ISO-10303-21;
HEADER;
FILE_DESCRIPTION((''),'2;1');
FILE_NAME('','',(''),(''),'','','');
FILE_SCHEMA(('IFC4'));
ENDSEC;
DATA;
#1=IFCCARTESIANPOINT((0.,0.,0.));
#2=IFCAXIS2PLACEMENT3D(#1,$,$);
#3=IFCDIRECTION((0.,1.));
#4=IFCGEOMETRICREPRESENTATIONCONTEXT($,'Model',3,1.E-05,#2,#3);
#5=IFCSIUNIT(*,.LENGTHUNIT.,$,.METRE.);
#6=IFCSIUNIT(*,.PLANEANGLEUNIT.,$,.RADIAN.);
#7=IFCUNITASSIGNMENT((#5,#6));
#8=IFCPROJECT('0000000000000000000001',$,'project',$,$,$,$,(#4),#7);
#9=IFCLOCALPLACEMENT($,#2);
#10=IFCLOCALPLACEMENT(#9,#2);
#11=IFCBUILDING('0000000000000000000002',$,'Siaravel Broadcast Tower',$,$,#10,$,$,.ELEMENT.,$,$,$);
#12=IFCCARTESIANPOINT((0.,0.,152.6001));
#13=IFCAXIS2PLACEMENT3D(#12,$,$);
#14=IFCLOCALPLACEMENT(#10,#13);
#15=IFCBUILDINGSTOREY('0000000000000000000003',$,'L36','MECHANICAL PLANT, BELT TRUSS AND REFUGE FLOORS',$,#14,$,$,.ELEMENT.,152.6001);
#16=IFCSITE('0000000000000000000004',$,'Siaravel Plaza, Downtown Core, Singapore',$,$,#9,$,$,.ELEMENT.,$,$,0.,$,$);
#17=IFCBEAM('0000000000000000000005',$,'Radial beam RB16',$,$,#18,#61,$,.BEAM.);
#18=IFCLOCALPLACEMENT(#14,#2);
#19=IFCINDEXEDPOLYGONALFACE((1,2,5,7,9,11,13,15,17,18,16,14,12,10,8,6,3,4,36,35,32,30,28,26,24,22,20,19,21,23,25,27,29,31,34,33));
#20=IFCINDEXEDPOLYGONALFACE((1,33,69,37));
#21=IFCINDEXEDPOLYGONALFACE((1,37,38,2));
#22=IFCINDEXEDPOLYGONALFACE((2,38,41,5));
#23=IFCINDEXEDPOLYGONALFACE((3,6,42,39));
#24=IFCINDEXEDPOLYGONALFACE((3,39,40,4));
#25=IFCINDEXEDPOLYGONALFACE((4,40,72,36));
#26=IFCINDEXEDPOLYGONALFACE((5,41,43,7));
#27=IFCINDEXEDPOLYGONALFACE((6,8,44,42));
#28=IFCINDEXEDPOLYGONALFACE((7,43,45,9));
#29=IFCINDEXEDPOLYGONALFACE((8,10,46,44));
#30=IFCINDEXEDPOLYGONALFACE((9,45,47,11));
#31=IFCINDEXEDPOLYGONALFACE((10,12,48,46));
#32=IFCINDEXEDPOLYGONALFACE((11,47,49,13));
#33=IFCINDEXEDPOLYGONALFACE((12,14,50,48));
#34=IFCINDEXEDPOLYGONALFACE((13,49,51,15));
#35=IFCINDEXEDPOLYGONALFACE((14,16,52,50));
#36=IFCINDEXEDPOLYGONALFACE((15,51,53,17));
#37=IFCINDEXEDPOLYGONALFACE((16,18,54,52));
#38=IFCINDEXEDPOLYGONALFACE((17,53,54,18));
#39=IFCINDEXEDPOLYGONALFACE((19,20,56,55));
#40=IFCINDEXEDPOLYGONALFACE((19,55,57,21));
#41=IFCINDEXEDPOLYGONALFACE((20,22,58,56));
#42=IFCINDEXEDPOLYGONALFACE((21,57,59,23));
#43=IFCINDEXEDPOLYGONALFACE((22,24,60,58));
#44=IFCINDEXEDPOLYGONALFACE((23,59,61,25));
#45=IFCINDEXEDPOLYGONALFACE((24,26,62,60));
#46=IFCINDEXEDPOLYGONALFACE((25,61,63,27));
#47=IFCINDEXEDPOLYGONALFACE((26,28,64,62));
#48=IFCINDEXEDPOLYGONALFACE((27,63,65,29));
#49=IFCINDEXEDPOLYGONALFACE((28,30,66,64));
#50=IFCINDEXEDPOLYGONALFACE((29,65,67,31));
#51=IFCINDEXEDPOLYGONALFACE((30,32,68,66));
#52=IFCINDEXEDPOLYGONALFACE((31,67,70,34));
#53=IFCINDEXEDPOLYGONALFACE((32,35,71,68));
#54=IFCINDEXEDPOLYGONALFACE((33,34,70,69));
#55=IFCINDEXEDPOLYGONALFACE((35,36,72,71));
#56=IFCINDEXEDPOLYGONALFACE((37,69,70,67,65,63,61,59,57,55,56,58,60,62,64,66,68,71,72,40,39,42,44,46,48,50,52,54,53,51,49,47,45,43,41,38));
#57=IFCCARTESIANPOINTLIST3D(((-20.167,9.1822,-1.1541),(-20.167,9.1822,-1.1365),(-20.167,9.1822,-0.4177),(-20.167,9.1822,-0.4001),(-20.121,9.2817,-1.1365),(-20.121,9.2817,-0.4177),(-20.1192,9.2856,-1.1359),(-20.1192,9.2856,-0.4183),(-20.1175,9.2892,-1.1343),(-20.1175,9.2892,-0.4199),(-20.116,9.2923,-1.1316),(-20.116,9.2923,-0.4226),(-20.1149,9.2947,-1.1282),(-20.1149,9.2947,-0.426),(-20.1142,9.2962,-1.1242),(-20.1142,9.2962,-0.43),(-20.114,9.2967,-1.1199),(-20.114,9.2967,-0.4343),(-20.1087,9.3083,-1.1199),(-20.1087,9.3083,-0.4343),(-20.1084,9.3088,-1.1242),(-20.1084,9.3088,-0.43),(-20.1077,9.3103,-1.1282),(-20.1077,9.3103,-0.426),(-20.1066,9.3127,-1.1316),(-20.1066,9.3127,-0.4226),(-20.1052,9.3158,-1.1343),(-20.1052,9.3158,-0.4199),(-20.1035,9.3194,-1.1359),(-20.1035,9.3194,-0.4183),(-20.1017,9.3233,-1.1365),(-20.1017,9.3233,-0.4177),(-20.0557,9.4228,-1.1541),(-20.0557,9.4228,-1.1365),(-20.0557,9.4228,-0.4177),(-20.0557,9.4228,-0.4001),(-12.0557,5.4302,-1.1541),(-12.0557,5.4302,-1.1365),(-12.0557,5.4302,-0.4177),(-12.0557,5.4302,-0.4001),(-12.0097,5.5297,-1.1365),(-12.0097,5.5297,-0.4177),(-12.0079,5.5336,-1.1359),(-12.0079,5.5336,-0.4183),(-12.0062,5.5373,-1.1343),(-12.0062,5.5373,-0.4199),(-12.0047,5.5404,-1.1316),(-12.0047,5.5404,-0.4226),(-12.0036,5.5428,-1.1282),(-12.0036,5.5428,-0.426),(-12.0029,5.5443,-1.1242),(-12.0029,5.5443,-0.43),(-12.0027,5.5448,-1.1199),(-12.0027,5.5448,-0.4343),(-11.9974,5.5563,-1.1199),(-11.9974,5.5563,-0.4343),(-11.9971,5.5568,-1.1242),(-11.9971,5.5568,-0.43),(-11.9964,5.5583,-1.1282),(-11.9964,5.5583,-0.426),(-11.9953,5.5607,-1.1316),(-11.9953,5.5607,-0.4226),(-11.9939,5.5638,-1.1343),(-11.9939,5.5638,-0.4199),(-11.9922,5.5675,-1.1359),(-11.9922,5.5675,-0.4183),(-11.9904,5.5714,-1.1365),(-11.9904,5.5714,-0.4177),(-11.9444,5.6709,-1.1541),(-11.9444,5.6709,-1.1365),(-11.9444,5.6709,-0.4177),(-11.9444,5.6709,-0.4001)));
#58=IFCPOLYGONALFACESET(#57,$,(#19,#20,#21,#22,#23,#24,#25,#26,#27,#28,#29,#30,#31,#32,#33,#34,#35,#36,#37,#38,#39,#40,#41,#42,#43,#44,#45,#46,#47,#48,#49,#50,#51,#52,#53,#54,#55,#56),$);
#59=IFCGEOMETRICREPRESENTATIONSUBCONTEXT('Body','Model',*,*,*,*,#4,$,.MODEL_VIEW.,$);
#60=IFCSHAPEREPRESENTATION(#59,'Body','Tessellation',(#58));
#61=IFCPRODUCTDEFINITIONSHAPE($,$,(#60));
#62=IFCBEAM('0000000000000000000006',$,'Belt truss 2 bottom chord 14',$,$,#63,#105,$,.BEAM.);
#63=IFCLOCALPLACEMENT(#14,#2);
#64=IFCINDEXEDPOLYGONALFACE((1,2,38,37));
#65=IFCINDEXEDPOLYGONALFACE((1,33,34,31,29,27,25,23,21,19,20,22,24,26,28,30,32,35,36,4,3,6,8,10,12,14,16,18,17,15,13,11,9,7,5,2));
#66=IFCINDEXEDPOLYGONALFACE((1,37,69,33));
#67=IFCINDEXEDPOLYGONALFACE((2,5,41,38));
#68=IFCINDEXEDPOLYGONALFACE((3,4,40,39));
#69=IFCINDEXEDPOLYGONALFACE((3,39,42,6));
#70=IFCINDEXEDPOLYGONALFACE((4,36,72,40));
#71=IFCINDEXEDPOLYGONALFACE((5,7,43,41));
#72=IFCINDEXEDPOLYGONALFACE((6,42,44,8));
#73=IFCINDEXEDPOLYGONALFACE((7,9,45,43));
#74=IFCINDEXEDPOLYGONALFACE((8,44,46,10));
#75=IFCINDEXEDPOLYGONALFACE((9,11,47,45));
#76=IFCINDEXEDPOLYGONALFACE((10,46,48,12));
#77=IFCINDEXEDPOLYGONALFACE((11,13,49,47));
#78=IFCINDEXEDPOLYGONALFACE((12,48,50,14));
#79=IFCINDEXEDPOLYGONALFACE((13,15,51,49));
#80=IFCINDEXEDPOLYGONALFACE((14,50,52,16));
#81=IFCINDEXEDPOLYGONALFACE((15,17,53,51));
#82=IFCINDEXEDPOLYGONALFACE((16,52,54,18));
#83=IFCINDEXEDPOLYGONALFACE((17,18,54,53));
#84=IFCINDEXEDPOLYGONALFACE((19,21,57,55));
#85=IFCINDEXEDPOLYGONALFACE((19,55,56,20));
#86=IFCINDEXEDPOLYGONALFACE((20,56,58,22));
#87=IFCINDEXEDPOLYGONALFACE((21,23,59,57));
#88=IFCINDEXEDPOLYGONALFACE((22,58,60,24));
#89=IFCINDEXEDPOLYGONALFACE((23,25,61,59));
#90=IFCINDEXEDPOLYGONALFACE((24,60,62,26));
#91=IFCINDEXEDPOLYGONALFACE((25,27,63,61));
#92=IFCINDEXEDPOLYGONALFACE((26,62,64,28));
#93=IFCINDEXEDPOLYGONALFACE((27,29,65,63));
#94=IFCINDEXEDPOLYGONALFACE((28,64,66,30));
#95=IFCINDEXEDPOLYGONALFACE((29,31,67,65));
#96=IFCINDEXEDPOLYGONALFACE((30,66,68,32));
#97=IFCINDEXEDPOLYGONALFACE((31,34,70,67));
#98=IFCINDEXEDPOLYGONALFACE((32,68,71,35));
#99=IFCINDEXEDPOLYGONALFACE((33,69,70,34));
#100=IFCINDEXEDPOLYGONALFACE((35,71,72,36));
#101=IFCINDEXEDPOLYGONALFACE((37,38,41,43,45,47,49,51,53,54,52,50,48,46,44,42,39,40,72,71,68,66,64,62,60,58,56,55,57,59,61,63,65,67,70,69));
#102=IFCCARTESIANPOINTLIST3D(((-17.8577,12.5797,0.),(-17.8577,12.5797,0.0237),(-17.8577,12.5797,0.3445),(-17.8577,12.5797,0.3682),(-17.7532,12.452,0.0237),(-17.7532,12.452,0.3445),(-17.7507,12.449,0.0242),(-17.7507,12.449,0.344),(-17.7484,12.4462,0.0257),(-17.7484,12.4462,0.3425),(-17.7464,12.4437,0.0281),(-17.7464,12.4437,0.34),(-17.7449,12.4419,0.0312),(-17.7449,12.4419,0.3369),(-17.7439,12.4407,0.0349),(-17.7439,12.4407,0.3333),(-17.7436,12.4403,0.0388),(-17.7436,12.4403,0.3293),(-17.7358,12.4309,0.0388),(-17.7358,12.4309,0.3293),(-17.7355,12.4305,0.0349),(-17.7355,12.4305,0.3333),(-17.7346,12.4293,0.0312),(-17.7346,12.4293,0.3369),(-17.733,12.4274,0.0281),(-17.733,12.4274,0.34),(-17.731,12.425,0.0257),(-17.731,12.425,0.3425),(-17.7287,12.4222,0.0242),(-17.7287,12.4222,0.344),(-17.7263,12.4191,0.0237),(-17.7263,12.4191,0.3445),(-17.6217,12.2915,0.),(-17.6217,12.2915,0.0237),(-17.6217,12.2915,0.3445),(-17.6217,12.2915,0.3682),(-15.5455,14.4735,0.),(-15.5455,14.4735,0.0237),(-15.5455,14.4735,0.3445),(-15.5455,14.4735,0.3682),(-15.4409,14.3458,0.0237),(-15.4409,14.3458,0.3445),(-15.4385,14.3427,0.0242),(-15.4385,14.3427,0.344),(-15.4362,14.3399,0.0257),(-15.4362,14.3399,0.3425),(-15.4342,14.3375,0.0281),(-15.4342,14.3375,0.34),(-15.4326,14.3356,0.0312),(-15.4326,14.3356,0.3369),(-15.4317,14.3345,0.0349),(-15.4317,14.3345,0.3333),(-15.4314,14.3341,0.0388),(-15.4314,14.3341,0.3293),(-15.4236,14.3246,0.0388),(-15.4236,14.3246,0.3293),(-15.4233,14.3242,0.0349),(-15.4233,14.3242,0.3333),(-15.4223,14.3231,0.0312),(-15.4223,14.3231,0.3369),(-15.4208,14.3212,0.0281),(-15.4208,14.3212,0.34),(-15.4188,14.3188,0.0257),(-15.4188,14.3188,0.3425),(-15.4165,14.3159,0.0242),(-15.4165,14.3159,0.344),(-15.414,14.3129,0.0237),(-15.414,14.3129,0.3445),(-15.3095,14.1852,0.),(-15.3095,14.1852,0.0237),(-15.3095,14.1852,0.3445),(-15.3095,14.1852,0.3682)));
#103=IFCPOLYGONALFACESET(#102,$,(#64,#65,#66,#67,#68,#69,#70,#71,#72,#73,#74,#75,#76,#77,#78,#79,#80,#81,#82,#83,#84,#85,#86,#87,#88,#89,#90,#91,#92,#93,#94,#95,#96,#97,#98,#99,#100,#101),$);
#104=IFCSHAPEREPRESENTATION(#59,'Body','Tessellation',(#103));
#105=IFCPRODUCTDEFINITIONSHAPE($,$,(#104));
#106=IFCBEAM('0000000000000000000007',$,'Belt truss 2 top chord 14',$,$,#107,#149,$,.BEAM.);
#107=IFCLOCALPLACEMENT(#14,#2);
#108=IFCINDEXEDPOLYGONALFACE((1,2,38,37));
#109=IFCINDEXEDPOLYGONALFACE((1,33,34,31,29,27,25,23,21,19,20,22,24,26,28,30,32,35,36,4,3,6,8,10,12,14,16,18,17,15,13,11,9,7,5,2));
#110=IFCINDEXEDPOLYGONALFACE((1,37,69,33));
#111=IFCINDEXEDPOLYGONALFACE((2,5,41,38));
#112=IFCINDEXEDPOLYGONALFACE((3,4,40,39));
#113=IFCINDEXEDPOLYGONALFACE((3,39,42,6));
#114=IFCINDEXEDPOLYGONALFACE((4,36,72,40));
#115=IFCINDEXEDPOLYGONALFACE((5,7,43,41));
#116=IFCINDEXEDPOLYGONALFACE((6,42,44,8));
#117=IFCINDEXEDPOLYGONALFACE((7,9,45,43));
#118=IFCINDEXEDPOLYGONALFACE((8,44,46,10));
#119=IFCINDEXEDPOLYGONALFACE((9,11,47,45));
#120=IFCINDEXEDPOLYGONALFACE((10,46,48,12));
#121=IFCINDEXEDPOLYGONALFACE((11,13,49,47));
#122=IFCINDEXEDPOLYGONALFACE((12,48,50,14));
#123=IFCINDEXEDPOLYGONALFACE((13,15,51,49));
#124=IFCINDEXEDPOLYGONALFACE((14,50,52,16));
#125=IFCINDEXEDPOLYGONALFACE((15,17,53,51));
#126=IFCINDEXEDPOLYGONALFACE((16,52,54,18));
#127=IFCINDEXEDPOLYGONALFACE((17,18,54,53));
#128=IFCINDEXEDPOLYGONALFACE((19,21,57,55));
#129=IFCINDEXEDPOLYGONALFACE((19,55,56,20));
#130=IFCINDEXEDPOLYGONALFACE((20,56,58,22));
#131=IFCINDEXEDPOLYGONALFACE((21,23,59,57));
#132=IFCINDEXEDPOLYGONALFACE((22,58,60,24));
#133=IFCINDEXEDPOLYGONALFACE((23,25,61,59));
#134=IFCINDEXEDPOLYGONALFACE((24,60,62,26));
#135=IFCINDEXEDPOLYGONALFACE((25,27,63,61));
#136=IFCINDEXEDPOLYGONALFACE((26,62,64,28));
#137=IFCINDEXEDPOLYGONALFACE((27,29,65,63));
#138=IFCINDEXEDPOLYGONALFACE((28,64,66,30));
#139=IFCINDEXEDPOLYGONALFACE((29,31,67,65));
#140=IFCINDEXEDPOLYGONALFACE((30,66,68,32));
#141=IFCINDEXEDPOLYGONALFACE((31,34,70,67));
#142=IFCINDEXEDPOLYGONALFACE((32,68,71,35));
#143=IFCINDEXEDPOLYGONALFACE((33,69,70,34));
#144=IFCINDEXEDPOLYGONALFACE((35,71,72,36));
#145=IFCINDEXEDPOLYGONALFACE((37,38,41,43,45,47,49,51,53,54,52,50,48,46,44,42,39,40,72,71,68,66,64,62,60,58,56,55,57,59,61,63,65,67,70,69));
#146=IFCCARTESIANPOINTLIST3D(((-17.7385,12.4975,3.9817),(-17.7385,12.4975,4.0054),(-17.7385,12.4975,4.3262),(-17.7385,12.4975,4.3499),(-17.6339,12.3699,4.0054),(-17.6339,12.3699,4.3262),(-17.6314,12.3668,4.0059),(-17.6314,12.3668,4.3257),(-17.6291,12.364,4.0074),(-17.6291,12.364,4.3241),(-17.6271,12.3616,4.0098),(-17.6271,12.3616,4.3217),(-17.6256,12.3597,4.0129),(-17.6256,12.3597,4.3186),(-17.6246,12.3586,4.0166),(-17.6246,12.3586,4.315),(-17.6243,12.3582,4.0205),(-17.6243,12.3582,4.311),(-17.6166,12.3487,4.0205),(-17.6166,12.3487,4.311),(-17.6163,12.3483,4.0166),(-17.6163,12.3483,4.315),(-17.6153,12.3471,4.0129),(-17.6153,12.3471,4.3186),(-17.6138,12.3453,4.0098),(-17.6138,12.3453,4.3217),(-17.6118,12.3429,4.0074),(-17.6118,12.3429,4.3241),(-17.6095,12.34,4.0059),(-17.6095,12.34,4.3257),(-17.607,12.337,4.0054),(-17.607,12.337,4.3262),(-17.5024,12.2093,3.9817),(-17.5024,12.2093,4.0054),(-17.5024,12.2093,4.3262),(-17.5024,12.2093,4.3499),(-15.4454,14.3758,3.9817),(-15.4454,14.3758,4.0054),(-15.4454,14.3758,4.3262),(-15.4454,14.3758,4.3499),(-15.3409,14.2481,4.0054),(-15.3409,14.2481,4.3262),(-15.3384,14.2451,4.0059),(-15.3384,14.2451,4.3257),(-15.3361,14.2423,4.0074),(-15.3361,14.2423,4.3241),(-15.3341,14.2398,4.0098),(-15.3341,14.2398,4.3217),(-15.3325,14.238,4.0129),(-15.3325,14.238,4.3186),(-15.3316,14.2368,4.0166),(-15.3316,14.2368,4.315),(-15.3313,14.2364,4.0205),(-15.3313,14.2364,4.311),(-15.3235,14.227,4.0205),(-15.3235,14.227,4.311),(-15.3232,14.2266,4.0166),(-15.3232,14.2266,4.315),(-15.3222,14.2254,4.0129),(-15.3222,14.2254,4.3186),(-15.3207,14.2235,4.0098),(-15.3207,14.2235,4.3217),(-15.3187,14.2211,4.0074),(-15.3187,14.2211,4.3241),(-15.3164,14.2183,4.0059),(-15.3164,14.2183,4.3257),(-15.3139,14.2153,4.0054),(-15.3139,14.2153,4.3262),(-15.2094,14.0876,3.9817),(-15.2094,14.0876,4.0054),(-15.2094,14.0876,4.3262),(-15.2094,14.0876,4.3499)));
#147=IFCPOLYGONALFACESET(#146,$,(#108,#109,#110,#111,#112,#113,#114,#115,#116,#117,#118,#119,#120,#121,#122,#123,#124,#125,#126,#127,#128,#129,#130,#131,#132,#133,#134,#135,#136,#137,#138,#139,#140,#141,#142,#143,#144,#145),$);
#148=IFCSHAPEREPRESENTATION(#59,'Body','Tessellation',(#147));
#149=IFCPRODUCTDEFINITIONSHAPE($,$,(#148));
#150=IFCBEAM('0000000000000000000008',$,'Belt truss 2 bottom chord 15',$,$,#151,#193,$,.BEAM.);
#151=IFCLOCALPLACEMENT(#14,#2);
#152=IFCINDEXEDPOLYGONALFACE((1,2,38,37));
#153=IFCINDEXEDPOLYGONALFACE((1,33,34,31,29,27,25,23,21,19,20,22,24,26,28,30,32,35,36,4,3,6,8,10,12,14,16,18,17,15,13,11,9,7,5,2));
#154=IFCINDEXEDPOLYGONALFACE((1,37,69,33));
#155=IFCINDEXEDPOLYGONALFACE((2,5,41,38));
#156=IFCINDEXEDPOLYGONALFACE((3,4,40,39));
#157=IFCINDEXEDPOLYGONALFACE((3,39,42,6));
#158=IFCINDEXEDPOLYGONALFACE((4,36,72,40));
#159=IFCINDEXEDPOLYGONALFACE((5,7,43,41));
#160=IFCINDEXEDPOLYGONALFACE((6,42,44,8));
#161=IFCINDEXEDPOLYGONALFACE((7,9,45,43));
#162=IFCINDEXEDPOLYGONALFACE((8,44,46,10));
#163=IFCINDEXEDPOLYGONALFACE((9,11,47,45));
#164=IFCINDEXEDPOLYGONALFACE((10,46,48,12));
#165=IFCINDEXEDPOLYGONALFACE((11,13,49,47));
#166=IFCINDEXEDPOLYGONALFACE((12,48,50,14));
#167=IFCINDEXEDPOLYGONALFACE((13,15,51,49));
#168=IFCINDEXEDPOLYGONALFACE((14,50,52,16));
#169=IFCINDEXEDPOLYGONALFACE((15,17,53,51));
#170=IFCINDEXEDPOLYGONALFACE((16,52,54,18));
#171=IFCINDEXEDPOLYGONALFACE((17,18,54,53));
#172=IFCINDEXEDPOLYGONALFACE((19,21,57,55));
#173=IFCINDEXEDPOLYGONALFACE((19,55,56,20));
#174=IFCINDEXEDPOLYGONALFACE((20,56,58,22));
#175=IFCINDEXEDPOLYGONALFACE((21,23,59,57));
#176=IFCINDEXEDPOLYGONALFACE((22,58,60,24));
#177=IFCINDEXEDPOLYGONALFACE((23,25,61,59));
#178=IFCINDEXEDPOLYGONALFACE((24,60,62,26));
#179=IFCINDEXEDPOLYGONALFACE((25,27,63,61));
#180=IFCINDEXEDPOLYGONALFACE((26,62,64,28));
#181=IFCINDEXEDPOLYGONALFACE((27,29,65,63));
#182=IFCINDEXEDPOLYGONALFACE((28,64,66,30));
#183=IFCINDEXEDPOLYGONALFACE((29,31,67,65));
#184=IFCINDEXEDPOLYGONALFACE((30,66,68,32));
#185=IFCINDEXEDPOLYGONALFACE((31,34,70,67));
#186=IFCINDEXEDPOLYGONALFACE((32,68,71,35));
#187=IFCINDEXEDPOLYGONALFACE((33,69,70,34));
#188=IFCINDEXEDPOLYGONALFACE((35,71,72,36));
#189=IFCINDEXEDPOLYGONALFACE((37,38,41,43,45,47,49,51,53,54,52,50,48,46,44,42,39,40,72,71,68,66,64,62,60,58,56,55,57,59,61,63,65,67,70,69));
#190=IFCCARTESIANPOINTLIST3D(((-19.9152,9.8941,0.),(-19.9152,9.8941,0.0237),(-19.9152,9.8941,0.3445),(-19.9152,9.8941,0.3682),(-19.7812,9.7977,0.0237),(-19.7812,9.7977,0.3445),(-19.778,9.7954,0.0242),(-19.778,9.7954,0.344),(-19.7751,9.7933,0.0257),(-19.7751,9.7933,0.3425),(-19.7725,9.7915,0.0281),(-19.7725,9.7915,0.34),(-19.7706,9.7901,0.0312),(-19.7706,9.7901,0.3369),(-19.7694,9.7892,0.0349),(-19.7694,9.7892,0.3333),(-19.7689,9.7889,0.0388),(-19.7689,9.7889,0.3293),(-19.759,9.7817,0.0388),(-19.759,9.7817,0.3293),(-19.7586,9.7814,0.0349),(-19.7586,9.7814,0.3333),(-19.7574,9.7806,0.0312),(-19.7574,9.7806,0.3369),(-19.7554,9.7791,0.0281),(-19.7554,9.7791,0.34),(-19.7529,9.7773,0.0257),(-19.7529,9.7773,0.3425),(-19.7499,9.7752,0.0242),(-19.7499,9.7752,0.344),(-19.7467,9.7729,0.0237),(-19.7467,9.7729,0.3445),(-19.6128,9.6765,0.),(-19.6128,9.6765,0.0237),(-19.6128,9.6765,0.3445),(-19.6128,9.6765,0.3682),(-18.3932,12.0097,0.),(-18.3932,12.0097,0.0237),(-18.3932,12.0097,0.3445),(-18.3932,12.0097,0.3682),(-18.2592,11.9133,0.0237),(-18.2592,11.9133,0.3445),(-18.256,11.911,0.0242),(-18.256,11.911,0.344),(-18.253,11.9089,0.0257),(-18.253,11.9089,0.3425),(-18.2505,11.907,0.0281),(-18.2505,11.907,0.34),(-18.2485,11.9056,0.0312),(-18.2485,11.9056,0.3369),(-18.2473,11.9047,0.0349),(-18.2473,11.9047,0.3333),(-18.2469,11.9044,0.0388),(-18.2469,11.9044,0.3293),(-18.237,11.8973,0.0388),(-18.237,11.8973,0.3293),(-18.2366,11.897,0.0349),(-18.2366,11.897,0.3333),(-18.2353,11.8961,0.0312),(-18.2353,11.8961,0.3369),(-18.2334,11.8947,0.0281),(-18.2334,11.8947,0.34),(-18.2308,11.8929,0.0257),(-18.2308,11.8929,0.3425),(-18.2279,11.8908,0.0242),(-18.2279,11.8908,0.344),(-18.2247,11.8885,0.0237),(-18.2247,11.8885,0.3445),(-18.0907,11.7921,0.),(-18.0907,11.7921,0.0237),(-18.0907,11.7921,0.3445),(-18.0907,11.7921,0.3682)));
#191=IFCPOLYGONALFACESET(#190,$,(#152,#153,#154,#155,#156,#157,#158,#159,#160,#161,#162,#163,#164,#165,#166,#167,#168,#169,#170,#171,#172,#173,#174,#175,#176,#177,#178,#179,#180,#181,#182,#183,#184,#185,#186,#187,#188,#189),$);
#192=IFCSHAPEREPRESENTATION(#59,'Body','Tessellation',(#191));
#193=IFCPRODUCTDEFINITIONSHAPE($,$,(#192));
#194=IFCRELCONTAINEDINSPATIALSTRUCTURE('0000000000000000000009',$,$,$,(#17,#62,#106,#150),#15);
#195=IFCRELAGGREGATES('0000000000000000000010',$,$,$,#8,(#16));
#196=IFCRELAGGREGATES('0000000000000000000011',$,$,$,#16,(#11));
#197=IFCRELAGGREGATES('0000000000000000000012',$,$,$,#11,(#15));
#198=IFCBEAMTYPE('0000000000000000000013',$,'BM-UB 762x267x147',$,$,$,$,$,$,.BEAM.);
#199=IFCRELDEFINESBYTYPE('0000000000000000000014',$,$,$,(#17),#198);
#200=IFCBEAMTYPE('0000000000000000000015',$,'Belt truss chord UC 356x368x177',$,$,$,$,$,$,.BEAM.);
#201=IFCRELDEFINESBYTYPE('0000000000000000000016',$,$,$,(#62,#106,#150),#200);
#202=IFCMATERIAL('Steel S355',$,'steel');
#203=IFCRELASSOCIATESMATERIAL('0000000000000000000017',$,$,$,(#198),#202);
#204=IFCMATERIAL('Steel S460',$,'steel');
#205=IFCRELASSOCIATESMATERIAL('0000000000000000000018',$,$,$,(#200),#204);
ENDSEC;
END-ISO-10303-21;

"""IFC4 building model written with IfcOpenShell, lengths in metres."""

from ifc_helpers import new_model, si_unit, direction, frame, origin, origin_2d, place, context, subcontext, project, spatial, i_section, extrude, material, material_profile, profile_set, type_object, element, save


model = new_model("IFC4")

# Units and contexts
model_context = context("Model", 3, precision=1e-05, world=origin(), true_north=direction((0.0, 1.0)))
body_context = subcontext(model_context, "Body", "Model", "MODEL_VIEW")
ifc_project = project(units=[si_unit("LENGTHUNIT", "METRE"), si_unit("PLANEANGLEUNIT", "RADIAN")], contexts=[model_context])

# Site, building, storey
site_placement = place(None, origin())
site = spatial("IfcSite", under=ifc_project, at=site_placement, Name="Siaravel Plaza, Downtown Core, Singapore", CompositionType="ELEMENT", RefElevation=0.0)
building_placement = place(site_placement, origin())
building = spatial("IfcBuilding", under=site, at=building_placement, Name="Siaravel Broadcast Tower", CompositionType="ELEMENT")
storey_placement = place(building_placement, frame((0.0, 0.0, 152.6001)))
storey = spatial("IfcBuildingStorey", under=building, at=storey_placement, Name="L36", Description="MECHANICAL PLANT, BELT TRUSS AND REFUGE FLOORS", CompositionType="ELEMENT", Elevation=152.6001)

# Beams
ifc_material_1 = material(Name="Steel S355", Category="steel")
ifc_material_profile_1 = material_profile(ifc_material_1, i_section(OverallWidth=0.2651, OverallDepth=0.7539, WebThickness=0.0127, FlangeThickness=0.0176, FilletRadius=0.0166, at=origin_2d()))
ifc_profile_set_1 = profile_set([ifc_material_profile_1], Name="Steel S355")
beam_type_1 = type_object("IfcBeamType", Name="BM-UB 762x267x147", PredefinedType="BEAM", material=ifc_profile_set_1)
beam_1_placement = place(storey_placement, frame((-20.1113, 9.3025, -0.7771), z_axis=(0.907607, -0.41982, 0.0), x_axis=(0.41982, 0.907607, 0.0)))
element("IfcBeam", 1, at=beam_1_placement, inside=storey, type_object=beam_type_1, Name="Radial beam RB16", PredefinedType="BEAM", context=body_context, shape_type="SweptSolid", body=[
    extrude(i_section(OverallWidth=0.2651, OverallDepth=0.7539, WebThickness=0.0127, FlangeThickness=0.0176, FilletRadius=0.0166, at=origin_2d()), origin(), (0.0, 0.0, 1.0), 8.937),
])
ifc_material_2 = material(Name="Steel S460", Category="steel")
ifc_material_profile_2 = material_profile(ifc_material_2, i_section(OverallWidth=0.3726, OverallDepth=0.3682, WebThickness=0.0122, FlangeThickness=0.0237, FilletRadius=0.0151, at=origin_2d()))
ifc_profile_set_2 = profile_set([ifc_material_profile_2], Name="Steel S460")
beam_type_2 = type_object("IfcBeamType", Name="Belt truss chord UC 356x368x177", PredefinedType="BEAM", material=ifc_profile_set_2)
beam_2_placement = place(storey_placement, frame((-15.4275, 14.3293, 0.1841), z_axis=(-0.773637, -0.633629, 0.0), x_axis=(0.633629, -0.773637, 0.0)))
element("IfcBeam", 2, at=beam_2_placement, inside=storey, type_object=beam_type_2, Name="Belt truss 2 bottom chord 14", PredefinedType="BEAM", context=body_context, shape_type="SweptSolid", body=[
    extrude(i_section(OverallWidth=0.3726, OverallDepth=0.3682, WebThickness=0.0122, FlangeThickness=0.0237, FilletRadius=0.0151, at=origin_2d()), origin(), (0.0, 0.0, 1.0), 2.9888),
])
beam_3_placement = place(storey_placement, frame((-15.3274, 14.2317, 4.1658), z_axis=(-0.773609, -0.633664, 0.0), x_axis=(0.633664, -0.773609, 0.0)))
element("IfcBeam", 3, at=beam_3_placement, inside=storey, type_object=beam_type_2, Name="Belt truss 2 top chord 14", PredefinedType="BEAM", context=body_context, shape_type="SweptSolid", body=[
    extrude(i_section(OverallWidth=0.3726, OverallDepth=0.3682, WebThickness=0.0122, FlangeThickness=0.0237, FilletRadius=0.0151, at=origin_2d()), origin(), (0.0, 0.0, 1.0), 2.9641),
])
beam_4_placement = place(storey_placement, frame((-18.2419, 11.9009, 0.1841), z_axis=(-0.584009, -0.811748, 0.0), x_axis=(0.811748, -0.584009, 0.0)))
element("IfcBeam", 4, at=beam_4_placement, inside=storey, type_object=beam_type_2, Name="Belt truss 2 bottom chord 15", PredefinedType="BEAM", context=body_context, shape_type="SweptSolid", body=[
    extrude(i_section(OverallWidth=0.3726, OverallDepth=0.3682, WebThickness=0.0122, FlangeThickness=0.0237, FilletRadius=0.0151, at=origin_2d()), origin(), (0.0, 0.0, 1.0), 2.6062),
])

save(model, "model.ifc")
